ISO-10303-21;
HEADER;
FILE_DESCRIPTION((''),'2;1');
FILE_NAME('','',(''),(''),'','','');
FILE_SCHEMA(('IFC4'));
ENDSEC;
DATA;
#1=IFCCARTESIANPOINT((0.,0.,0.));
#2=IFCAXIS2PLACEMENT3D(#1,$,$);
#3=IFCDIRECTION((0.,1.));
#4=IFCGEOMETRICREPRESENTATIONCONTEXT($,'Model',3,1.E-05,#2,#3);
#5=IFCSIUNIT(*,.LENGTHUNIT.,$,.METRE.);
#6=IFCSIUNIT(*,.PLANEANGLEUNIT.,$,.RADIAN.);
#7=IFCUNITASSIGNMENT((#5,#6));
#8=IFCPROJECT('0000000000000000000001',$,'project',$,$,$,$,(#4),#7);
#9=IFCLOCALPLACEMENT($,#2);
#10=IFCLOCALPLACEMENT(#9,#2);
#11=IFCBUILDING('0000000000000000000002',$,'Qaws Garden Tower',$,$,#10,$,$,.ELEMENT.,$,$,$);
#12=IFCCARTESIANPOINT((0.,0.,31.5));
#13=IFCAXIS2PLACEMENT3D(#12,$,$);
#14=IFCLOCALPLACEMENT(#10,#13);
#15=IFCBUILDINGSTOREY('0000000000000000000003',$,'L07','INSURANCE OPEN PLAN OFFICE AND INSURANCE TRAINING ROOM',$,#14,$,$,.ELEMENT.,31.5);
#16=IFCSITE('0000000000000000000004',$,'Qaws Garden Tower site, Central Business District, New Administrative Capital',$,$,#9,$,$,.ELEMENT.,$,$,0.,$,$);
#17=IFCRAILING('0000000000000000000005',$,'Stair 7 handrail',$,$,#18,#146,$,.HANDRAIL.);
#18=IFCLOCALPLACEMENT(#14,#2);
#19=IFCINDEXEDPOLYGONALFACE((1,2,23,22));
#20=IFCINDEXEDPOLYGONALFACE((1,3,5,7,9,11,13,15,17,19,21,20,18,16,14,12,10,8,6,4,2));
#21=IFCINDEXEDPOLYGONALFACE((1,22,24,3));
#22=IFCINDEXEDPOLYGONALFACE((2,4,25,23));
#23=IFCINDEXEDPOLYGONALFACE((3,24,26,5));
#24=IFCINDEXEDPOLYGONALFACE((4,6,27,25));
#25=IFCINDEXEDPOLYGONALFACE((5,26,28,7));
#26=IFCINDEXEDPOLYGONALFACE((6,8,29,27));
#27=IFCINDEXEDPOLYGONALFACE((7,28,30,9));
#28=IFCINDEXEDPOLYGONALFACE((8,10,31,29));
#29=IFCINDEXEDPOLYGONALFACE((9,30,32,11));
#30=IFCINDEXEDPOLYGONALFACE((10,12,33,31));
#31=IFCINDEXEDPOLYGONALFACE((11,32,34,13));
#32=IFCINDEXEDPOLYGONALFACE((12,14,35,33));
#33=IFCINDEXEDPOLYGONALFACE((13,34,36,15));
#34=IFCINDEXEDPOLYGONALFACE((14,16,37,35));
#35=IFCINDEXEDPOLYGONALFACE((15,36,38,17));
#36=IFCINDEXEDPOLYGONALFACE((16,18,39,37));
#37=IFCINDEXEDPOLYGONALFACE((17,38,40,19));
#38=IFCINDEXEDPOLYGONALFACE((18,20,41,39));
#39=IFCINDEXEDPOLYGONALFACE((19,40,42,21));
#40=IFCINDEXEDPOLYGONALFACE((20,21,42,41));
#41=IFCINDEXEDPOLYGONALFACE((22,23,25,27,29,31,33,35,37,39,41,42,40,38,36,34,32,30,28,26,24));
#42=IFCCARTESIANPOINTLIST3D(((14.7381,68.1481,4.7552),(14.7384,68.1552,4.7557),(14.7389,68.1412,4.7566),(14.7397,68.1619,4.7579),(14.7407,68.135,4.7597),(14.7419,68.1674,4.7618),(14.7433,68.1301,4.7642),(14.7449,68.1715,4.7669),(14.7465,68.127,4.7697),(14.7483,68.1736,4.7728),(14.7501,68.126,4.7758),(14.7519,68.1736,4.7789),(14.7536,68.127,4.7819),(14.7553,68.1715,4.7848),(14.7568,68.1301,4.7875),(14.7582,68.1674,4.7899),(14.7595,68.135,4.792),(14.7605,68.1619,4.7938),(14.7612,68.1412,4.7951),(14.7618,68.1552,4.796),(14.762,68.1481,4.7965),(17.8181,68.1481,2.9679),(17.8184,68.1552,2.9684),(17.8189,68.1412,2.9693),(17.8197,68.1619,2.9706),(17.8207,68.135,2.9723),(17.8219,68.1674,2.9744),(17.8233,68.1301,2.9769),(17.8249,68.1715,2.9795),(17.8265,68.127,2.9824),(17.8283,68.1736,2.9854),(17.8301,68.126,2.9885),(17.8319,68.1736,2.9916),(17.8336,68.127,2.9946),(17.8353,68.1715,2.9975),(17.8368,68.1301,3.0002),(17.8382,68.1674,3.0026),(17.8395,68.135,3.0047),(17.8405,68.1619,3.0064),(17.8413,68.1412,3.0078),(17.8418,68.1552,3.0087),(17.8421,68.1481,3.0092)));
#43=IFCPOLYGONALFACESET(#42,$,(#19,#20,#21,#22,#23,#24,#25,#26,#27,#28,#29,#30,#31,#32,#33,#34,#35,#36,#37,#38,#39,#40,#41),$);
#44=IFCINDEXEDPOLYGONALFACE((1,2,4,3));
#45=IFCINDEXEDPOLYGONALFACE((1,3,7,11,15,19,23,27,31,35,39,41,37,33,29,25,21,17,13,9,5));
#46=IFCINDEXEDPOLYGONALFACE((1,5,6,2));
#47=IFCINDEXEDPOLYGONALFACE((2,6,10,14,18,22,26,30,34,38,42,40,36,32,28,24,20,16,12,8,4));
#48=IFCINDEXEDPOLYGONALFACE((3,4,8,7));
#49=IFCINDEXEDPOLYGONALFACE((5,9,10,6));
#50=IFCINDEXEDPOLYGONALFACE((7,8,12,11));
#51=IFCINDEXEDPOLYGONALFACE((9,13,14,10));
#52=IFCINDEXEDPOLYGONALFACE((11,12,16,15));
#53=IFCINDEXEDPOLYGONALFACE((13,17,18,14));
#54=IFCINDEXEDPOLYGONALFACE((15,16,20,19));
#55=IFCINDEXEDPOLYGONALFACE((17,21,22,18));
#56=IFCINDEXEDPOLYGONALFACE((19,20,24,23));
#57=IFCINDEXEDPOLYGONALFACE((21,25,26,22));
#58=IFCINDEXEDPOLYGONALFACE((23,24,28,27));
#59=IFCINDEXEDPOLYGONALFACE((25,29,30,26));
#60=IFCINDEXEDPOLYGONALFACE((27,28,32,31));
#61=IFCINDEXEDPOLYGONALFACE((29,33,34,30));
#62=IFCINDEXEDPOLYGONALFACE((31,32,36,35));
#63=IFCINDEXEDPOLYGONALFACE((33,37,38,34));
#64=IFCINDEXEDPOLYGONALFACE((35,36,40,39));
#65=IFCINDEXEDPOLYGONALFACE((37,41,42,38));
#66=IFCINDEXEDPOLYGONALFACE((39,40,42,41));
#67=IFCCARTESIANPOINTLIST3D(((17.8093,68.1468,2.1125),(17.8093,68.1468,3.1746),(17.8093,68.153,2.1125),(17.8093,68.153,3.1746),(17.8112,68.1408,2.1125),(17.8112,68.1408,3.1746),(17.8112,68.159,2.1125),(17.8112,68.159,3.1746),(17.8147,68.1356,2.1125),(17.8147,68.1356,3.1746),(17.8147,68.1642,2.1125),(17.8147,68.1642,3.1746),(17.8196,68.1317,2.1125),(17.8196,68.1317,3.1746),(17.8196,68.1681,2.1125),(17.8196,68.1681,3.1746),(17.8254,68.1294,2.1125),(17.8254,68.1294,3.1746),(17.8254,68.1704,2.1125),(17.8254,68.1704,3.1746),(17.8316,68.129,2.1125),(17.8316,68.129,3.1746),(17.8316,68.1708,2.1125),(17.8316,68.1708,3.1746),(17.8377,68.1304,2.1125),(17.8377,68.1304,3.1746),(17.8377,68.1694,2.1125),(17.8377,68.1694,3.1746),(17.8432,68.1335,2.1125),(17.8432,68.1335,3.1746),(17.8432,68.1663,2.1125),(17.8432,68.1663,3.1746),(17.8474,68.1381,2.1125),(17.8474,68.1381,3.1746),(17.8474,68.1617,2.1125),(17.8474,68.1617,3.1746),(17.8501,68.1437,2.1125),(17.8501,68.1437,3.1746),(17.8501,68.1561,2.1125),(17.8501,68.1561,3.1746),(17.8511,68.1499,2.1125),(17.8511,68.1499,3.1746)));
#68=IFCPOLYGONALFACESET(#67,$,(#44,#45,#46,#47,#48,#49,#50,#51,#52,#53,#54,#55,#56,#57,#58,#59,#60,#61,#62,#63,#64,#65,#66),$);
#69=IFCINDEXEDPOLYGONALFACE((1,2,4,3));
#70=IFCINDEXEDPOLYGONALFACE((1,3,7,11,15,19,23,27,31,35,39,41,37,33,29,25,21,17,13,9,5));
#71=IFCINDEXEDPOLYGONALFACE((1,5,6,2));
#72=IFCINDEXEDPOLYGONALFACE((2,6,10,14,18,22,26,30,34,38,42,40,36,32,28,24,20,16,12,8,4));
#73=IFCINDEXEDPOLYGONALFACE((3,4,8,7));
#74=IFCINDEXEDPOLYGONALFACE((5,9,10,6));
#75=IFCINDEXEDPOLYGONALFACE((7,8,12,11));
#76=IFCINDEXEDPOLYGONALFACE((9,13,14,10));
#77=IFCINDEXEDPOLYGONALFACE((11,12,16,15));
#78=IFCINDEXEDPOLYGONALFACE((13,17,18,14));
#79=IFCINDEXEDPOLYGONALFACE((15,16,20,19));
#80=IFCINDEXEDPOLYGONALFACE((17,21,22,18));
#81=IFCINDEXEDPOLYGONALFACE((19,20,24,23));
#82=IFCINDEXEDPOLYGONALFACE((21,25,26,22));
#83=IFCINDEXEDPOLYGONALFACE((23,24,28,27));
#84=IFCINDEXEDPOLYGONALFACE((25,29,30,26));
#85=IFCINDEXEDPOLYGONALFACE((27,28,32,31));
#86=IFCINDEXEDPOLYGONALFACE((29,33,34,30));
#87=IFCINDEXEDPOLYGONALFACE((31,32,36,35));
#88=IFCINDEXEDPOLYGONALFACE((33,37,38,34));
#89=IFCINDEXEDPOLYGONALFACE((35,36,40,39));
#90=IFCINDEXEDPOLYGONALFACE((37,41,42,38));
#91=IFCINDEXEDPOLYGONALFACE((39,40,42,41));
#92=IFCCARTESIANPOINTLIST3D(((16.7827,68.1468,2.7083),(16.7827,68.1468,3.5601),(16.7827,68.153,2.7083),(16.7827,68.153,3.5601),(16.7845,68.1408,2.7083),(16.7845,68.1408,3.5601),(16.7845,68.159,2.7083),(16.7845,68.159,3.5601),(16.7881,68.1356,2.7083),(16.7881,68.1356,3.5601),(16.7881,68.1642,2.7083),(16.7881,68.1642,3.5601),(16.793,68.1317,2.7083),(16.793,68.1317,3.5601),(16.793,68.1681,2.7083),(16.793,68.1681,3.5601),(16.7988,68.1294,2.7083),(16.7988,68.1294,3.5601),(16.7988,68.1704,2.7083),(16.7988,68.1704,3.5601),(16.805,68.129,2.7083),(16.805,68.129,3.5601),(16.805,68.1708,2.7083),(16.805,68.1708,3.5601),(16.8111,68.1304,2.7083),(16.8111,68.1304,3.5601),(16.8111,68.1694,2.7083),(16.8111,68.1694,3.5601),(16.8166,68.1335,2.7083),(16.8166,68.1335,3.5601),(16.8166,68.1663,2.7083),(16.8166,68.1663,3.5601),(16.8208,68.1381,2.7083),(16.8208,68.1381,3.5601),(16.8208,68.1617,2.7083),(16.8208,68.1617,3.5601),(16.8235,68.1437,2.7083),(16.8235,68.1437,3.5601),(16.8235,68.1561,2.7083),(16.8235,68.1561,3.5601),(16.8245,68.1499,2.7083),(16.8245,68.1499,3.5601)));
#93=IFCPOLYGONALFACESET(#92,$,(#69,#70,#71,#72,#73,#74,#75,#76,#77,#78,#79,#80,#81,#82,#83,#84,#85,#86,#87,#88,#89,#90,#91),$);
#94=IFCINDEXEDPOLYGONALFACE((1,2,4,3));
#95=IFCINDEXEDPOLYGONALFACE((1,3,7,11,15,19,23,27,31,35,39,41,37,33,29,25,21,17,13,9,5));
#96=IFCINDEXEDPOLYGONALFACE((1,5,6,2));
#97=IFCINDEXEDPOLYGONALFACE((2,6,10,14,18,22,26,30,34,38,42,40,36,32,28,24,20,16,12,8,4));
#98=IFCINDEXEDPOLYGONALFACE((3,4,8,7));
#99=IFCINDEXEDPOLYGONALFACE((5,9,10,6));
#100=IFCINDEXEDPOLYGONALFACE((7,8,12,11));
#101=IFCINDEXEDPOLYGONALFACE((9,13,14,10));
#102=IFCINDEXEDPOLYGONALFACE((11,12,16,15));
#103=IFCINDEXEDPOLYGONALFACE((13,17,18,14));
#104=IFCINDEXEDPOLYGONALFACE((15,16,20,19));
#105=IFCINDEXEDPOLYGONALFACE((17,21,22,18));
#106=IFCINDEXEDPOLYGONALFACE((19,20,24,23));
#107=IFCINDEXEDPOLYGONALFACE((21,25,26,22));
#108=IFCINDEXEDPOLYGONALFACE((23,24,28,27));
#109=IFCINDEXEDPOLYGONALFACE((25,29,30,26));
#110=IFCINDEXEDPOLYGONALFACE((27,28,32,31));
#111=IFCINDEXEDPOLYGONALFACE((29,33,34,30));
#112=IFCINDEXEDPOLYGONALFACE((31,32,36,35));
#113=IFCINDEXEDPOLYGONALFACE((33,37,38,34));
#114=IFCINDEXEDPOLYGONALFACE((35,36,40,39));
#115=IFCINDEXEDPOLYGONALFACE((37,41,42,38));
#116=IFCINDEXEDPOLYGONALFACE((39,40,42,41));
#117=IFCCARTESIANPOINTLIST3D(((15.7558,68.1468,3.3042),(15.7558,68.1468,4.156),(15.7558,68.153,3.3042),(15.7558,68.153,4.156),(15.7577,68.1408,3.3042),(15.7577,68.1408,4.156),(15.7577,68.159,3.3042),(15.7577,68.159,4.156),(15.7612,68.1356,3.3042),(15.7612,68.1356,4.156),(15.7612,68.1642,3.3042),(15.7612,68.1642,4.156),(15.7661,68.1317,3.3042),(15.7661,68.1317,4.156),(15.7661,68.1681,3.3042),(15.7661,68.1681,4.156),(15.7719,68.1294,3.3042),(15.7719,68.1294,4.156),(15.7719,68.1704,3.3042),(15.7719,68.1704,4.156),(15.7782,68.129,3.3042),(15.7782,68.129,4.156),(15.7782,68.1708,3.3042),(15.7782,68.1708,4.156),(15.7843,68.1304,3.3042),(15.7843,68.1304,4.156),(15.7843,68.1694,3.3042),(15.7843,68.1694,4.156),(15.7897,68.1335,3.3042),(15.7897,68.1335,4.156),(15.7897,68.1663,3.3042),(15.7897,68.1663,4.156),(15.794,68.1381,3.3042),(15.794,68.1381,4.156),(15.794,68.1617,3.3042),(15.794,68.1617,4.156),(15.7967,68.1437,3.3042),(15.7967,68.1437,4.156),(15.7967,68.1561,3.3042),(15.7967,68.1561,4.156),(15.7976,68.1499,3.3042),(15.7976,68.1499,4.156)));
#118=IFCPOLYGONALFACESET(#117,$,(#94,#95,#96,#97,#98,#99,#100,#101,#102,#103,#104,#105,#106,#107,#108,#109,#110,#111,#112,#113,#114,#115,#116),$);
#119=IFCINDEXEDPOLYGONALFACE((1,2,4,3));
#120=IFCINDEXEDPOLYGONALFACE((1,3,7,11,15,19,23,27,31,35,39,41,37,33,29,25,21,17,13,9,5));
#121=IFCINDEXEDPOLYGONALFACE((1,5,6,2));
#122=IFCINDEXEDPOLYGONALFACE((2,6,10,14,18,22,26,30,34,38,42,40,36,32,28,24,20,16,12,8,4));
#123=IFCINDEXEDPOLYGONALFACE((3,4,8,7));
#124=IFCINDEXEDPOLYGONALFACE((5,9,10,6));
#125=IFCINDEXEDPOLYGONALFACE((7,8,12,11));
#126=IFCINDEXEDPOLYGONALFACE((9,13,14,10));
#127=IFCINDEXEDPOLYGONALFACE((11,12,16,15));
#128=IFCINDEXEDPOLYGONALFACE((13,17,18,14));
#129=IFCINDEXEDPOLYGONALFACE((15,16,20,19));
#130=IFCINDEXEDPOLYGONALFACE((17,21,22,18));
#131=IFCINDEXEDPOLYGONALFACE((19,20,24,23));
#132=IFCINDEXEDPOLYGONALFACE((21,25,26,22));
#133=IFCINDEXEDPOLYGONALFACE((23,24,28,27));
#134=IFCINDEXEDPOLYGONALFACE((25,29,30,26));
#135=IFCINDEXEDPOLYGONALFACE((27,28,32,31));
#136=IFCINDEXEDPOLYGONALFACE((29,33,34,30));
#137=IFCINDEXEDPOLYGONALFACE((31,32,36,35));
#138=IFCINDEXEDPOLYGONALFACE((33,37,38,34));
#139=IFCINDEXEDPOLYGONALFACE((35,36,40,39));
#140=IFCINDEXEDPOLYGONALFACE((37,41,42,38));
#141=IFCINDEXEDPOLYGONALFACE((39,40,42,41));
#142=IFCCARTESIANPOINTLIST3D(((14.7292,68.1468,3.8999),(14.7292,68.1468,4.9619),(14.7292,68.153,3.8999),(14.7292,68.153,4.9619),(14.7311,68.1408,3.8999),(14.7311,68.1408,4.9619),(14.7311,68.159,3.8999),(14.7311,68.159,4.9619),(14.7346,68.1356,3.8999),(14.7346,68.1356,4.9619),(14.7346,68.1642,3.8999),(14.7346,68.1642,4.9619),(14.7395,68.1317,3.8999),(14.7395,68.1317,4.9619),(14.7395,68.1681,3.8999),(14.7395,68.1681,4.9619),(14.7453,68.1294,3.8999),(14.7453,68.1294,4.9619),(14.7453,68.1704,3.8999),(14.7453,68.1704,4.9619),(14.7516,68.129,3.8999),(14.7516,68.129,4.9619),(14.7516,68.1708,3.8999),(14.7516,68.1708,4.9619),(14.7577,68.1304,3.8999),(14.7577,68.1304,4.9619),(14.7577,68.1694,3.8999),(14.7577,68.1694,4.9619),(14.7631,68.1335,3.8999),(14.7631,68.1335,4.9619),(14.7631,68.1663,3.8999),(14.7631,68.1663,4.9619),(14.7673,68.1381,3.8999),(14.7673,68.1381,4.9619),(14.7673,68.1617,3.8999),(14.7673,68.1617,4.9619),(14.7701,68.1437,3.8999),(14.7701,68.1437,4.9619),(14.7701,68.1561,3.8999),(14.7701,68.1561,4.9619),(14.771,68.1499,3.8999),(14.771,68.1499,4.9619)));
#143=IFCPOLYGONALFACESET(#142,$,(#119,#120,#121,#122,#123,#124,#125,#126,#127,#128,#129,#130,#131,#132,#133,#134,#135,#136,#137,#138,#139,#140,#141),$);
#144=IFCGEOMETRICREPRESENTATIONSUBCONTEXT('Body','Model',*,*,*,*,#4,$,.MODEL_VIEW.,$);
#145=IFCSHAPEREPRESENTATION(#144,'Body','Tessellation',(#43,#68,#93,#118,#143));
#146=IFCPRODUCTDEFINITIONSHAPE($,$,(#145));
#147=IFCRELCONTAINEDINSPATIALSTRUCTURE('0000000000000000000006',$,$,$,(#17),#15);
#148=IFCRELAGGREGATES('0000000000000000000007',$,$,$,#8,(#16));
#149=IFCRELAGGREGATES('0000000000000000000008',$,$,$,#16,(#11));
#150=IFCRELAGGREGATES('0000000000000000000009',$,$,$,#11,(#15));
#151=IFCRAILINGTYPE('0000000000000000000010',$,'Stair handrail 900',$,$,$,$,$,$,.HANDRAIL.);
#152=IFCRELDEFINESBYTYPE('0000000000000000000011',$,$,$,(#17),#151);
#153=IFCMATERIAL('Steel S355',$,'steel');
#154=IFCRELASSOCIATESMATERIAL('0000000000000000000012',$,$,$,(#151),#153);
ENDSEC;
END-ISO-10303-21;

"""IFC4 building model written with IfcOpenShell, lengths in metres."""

from ifc_helpers import new_model, si_unit, direction, frame, origin, origin_2d, place, context, subcontext, project, spatial, circle, extrude, material, type_object, element, save


model = new_model("IFC4")

# Units and contexts
model_context = context("Model", 3, precision=1e-05, world=origin(), true_north=direction((0.0, 1.0)))
body_context = subcontext(model_context, "Body", "Model", "MODEL_VIEW")
ifc_project = project(units=[si_unit("LENGTHUNIT", "METRE"), si_unit("PLANEANGLEUNIT", "RADIAN")], contexts=[model_context])

# Site, building, storey
site_placement = place(None, origin())
site = spatial("IfcSite", under=ifc_project, at=site_placement, Name="Qaws Garden Tower site, Central Business District, New Administrative Capital", CompositionType="ELEMENT", RefElevation=0.0)
building_placement = place(site_placement, origin())
building = spatial("IfcBuilding", under=site, at=building_placement, Name="Qaws Garden Tower", CompositionType="ELEMENT")
storey_placement = place(building_placement, frame((0.0, 0.0, 31.5)))
storey = spatial("IfcBuildingStorey", under=building, at=storey_placement, Name="L07", Description="INSURANCE OPEN PLAN OFFICE AND INSURANCE TRAINING ROOM", CompositionType="ELEMENT", Elevation=31.5)

# Railing
ifc_material_1 = material(Name="Steel S355", Category="steel")
railing_type = type_object("IfcRailingType", Name="Stair handrail 900", PredefinedType="HANDRAIL", material=ifc_material_1)
railing_placement = place(storey_placement, frame((17.8301, 68.1499, 2.1125)))
element("IfcRailing", 1, at=railing_placement, inside=storey, type_object=railing_type, Name="Stair 7 handrail", PredefinedType="HANDRAIL", context=body_context, shape_type="SweptSolid", body=[
    extrude(circle(Radius=0.0239, at=origin_2d()), frame((0.0, 0.0, 0.876), z_axis=(-0.86492, 0.0, 0.501909), x_axis=(0.0, -1.0, 0.0)), (0.0, 0.0, 1.0), 3.561),
    extrude(circle(Radius=0.021, at=origin_2d()), origin(), (0.0, 0.0, 1.0), 1.062),
    extrude(circle(Radius=0.021, at=origin_2d()), frame((-1.0266, 0.0, 0.5957)), (0.0, 0.0, 1.0), 0.8518),
    extrude(circle(Radius=0.021, at=origin_2d()), frame((-2.0535, 0.0, 1.1917)), (0.0, 0.0, 1.0), 0.8518),
    extrude(circle(Radius=0.021, at=origin_2d()), frame((-3.0801, 0.0, 1.7874)), (0.0, 0.0, 1.0), 1.062),
])

save(model, "model.ifc")
